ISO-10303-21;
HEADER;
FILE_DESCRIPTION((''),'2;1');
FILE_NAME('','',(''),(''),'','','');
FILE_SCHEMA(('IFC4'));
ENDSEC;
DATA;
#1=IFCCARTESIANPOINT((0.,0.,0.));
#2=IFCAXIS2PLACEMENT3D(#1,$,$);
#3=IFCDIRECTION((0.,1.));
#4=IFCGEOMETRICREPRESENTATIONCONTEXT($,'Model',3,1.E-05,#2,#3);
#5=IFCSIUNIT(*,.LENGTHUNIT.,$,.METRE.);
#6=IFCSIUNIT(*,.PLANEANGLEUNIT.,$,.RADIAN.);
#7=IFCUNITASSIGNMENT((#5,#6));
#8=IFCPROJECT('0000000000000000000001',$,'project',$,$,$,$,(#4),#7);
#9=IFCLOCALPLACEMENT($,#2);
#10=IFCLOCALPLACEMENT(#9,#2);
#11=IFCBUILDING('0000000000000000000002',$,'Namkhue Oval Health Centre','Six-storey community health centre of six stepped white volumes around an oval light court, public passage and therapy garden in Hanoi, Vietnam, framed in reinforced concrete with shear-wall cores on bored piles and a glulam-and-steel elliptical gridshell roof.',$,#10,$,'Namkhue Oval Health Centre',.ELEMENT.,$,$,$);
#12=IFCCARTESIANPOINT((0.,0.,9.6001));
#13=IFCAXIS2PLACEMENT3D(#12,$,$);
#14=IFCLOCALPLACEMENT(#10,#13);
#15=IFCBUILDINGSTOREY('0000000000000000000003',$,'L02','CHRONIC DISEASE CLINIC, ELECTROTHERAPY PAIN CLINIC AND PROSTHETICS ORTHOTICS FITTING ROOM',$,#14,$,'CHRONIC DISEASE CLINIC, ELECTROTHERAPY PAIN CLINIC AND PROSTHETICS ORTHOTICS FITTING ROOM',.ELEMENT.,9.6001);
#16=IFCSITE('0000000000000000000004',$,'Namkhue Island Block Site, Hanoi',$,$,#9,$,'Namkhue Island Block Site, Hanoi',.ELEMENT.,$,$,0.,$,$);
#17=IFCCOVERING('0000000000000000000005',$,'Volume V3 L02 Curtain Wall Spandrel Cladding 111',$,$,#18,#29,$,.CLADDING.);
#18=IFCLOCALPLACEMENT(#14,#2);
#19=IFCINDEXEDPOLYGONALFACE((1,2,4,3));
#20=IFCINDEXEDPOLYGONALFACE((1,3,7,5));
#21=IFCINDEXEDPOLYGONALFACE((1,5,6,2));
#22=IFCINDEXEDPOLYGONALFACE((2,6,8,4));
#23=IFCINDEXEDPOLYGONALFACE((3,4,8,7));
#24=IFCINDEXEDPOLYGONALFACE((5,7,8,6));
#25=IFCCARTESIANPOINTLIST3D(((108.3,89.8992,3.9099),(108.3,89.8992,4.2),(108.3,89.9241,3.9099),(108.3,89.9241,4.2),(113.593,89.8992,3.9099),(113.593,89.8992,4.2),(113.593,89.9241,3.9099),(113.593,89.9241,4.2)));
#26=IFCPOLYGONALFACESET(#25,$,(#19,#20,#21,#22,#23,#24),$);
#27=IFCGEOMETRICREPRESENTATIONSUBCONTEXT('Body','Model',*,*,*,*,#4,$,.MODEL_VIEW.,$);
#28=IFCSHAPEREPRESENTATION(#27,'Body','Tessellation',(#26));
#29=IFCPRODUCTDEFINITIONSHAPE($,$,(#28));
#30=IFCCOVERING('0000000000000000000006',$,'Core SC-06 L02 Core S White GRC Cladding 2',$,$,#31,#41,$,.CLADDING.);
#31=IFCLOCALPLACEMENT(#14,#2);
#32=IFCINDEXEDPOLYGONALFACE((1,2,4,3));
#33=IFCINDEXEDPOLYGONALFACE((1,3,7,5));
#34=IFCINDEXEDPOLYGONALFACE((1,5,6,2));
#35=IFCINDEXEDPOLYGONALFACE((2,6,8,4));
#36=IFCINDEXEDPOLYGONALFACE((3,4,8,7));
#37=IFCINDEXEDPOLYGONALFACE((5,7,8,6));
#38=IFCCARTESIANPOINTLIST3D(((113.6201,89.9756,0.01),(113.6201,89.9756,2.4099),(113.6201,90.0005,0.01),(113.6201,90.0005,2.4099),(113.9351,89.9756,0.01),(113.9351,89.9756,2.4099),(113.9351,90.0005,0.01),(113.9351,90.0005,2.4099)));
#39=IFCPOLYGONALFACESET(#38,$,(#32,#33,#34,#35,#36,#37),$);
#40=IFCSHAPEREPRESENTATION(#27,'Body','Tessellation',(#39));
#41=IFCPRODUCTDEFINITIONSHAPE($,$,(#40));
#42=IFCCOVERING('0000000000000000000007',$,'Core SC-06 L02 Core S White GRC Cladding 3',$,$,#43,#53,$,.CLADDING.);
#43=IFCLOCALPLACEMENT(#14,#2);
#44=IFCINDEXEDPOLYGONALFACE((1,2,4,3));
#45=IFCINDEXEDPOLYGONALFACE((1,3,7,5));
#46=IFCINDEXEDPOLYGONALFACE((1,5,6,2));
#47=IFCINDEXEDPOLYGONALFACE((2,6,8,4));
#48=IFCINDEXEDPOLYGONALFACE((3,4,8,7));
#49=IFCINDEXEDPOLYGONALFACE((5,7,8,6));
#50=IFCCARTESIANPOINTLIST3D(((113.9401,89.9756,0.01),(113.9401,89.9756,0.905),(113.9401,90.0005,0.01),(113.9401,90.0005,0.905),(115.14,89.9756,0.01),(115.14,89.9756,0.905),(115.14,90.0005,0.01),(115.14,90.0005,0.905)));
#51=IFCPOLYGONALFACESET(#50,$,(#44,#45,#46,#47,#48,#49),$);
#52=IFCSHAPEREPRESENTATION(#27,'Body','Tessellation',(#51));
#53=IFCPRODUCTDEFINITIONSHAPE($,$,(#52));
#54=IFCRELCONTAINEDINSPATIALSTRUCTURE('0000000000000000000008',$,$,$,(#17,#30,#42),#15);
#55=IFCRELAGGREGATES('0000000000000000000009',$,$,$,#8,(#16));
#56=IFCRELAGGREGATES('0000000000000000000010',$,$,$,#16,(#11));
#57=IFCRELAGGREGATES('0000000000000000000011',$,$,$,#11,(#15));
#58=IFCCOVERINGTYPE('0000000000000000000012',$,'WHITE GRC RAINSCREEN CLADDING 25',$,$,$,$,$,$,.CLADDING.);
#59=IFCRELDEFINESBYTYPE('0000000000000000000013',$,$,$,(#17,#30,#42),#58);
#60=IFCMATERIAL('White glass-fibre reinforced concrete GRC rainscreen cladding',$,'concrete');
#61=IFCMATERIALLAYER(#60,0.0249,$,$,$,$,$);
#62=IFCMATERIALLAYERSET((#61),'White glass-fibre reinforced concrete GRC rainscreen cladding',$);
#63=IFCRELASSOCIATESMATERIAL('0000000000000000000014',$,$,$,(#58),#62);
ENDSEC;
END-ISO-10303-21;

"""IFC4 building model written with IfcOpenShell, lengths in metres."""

from ifc_helpers import new_model, si_unit, direction, frame, origin, origin_2d, place, context, subcontext, project, spatial, rectangle, extrude, material, layer, layer_set, type_object, element, save


model = new_model("IFC4")

# Units and contexts
model_context = context("Model", 3, precision=1e-05, world=origin(), true_north=direction((0.0, 1.0)))
body_context = subcontext(model_context, "Body", "Model", "MODEL_VIEW")
ifc_project = project(units=[si_unit("LENGTHUNIT", "METRE"), si_unit("PLANEANGLEUNIT", "RADIAN")], contexts=[model_context])

# Site, building, storey
site_placement = place(None, origin())
site = spatial("IfcSite", under=ifc_project, at=site_placement, Name="Namkhue Island Block Site, Hanoi", LongName="Namkhue Island Block Site, Hanoi", CompositionType="ELEMENT", RefElevation=0.0)
building_placement = place(site_placement, origin())
building = spatial("IfcBuilding", under=site, at=building_placement, Name="Namkhue Oval Health Centre", Description="Six-storey community health centre of six stepped white volumes around an oval light court, public passage and therapy garden in Hanoi, Vietnam, framed in reinforced concrete with shear-wall cores on bored piles and a glulam-and-steel elliptical gridshell roof.", LongName="Namkhue Oval Health Centre", CompositionType="ELEMENT")
storey_placement = place(building_placement, frame((0.0, 0.0, 9.6001)))
storey = spatial("IfcBuildingStorey", under=building, at=storey_placement, Name="L02", Description="CHRONIC DISEASE CLINIC, ELECTROTHERAPY PAIN CLINIC AND PROSTHETICS ORTHOTICS FITTING ROOM", LongName="CHRONIC DISEASE CLINIC, ELECTROTHERAPY PAIN CLINIC AND PROSTHETICS ORTHOTICS FITTING ROOM", CompositionType="ELEMENT", Elevation=9.6001)

# Coverings
ifc_material_1 = material(Name="White glass-fibre reinforced concrete GRC rainscreen cladding", Category="concrete")
ifc_layer_1 = layer(ifc_material_1, 0.0249)
ifc_layer_set_1 = layer_set([ifc_layer_1], Name="White glass-fibre reinforced concrete GRC rainscreen cladding")
covering_type = type_object("IfcCoveringType", Name="WHITE GRC RAINSCREEN CLADDING 25", PredefinedType="CLADDING", material=ifc_layer_set_1)
covering_1_placement = place(storey_placement, frame((110.9465, 89.9116, 3.9099), z_axis=(0.0, 0.0, 1.0), x_axis=(1.0, 0.0, 0.0)))
element("IfcCovering", 1, at=covering_1_placement, inside=storey, type_object=covering_type, Name="Volume V3 L02 Curtain Wall Spandrel Cladding 111", PredefinedType="CLADDING", context=body_context, shape_type="SweptSolid", body=[
    extrude(rectangle(XDim=5.293, YDim=0.0249, at=origin_2d()), origin(), (0.0, 0.0, 1.0), 0.29),
])
covering_2_placement = place(storey_placement, frame((113.7776, 89.988, 0.01), z_axis=(0.0, 0.0, 1.0), x_axis=(1.0, 0.0, 0.0)))
element("IfcCovering", 2, at=covering_2_placement, inside=storey, type_object=covering_type, Name="Core SC-06 L02 Core S White GRC Cladding 2", PredefinedType="CLADDING", context=body_context, shape_type="SweptSolid", body=[
    extrude(rectangle(XDim=0.3149, YDim=0.0249, at=origin_2d()), origin(), (0.0, 0.0, 1.0), 2.3999),
])
covering_3_placement = place(storey_placement, frame((114.54, 89.988, 0.01), z_axis=(0.0, 0.0, 1.0), x_axis=(1.0, 0.0, 0.0)))
element("IfcCovering", 3, at=covering_3_placement, inside=storey, type_object=covering_type, Name="Core SC-06 L02 Core S White GRC Cladding 3", PredefinedType="CLADDING", context=body_context, shape_type="SweptSolid", body=[
    extrude(rectangle(XDim=1.2, YDim=0.0249, at=origin_2d()), origin(), (0.0, 0.0, 1.0), 0.895),
])

save(model, "model.ifc")
